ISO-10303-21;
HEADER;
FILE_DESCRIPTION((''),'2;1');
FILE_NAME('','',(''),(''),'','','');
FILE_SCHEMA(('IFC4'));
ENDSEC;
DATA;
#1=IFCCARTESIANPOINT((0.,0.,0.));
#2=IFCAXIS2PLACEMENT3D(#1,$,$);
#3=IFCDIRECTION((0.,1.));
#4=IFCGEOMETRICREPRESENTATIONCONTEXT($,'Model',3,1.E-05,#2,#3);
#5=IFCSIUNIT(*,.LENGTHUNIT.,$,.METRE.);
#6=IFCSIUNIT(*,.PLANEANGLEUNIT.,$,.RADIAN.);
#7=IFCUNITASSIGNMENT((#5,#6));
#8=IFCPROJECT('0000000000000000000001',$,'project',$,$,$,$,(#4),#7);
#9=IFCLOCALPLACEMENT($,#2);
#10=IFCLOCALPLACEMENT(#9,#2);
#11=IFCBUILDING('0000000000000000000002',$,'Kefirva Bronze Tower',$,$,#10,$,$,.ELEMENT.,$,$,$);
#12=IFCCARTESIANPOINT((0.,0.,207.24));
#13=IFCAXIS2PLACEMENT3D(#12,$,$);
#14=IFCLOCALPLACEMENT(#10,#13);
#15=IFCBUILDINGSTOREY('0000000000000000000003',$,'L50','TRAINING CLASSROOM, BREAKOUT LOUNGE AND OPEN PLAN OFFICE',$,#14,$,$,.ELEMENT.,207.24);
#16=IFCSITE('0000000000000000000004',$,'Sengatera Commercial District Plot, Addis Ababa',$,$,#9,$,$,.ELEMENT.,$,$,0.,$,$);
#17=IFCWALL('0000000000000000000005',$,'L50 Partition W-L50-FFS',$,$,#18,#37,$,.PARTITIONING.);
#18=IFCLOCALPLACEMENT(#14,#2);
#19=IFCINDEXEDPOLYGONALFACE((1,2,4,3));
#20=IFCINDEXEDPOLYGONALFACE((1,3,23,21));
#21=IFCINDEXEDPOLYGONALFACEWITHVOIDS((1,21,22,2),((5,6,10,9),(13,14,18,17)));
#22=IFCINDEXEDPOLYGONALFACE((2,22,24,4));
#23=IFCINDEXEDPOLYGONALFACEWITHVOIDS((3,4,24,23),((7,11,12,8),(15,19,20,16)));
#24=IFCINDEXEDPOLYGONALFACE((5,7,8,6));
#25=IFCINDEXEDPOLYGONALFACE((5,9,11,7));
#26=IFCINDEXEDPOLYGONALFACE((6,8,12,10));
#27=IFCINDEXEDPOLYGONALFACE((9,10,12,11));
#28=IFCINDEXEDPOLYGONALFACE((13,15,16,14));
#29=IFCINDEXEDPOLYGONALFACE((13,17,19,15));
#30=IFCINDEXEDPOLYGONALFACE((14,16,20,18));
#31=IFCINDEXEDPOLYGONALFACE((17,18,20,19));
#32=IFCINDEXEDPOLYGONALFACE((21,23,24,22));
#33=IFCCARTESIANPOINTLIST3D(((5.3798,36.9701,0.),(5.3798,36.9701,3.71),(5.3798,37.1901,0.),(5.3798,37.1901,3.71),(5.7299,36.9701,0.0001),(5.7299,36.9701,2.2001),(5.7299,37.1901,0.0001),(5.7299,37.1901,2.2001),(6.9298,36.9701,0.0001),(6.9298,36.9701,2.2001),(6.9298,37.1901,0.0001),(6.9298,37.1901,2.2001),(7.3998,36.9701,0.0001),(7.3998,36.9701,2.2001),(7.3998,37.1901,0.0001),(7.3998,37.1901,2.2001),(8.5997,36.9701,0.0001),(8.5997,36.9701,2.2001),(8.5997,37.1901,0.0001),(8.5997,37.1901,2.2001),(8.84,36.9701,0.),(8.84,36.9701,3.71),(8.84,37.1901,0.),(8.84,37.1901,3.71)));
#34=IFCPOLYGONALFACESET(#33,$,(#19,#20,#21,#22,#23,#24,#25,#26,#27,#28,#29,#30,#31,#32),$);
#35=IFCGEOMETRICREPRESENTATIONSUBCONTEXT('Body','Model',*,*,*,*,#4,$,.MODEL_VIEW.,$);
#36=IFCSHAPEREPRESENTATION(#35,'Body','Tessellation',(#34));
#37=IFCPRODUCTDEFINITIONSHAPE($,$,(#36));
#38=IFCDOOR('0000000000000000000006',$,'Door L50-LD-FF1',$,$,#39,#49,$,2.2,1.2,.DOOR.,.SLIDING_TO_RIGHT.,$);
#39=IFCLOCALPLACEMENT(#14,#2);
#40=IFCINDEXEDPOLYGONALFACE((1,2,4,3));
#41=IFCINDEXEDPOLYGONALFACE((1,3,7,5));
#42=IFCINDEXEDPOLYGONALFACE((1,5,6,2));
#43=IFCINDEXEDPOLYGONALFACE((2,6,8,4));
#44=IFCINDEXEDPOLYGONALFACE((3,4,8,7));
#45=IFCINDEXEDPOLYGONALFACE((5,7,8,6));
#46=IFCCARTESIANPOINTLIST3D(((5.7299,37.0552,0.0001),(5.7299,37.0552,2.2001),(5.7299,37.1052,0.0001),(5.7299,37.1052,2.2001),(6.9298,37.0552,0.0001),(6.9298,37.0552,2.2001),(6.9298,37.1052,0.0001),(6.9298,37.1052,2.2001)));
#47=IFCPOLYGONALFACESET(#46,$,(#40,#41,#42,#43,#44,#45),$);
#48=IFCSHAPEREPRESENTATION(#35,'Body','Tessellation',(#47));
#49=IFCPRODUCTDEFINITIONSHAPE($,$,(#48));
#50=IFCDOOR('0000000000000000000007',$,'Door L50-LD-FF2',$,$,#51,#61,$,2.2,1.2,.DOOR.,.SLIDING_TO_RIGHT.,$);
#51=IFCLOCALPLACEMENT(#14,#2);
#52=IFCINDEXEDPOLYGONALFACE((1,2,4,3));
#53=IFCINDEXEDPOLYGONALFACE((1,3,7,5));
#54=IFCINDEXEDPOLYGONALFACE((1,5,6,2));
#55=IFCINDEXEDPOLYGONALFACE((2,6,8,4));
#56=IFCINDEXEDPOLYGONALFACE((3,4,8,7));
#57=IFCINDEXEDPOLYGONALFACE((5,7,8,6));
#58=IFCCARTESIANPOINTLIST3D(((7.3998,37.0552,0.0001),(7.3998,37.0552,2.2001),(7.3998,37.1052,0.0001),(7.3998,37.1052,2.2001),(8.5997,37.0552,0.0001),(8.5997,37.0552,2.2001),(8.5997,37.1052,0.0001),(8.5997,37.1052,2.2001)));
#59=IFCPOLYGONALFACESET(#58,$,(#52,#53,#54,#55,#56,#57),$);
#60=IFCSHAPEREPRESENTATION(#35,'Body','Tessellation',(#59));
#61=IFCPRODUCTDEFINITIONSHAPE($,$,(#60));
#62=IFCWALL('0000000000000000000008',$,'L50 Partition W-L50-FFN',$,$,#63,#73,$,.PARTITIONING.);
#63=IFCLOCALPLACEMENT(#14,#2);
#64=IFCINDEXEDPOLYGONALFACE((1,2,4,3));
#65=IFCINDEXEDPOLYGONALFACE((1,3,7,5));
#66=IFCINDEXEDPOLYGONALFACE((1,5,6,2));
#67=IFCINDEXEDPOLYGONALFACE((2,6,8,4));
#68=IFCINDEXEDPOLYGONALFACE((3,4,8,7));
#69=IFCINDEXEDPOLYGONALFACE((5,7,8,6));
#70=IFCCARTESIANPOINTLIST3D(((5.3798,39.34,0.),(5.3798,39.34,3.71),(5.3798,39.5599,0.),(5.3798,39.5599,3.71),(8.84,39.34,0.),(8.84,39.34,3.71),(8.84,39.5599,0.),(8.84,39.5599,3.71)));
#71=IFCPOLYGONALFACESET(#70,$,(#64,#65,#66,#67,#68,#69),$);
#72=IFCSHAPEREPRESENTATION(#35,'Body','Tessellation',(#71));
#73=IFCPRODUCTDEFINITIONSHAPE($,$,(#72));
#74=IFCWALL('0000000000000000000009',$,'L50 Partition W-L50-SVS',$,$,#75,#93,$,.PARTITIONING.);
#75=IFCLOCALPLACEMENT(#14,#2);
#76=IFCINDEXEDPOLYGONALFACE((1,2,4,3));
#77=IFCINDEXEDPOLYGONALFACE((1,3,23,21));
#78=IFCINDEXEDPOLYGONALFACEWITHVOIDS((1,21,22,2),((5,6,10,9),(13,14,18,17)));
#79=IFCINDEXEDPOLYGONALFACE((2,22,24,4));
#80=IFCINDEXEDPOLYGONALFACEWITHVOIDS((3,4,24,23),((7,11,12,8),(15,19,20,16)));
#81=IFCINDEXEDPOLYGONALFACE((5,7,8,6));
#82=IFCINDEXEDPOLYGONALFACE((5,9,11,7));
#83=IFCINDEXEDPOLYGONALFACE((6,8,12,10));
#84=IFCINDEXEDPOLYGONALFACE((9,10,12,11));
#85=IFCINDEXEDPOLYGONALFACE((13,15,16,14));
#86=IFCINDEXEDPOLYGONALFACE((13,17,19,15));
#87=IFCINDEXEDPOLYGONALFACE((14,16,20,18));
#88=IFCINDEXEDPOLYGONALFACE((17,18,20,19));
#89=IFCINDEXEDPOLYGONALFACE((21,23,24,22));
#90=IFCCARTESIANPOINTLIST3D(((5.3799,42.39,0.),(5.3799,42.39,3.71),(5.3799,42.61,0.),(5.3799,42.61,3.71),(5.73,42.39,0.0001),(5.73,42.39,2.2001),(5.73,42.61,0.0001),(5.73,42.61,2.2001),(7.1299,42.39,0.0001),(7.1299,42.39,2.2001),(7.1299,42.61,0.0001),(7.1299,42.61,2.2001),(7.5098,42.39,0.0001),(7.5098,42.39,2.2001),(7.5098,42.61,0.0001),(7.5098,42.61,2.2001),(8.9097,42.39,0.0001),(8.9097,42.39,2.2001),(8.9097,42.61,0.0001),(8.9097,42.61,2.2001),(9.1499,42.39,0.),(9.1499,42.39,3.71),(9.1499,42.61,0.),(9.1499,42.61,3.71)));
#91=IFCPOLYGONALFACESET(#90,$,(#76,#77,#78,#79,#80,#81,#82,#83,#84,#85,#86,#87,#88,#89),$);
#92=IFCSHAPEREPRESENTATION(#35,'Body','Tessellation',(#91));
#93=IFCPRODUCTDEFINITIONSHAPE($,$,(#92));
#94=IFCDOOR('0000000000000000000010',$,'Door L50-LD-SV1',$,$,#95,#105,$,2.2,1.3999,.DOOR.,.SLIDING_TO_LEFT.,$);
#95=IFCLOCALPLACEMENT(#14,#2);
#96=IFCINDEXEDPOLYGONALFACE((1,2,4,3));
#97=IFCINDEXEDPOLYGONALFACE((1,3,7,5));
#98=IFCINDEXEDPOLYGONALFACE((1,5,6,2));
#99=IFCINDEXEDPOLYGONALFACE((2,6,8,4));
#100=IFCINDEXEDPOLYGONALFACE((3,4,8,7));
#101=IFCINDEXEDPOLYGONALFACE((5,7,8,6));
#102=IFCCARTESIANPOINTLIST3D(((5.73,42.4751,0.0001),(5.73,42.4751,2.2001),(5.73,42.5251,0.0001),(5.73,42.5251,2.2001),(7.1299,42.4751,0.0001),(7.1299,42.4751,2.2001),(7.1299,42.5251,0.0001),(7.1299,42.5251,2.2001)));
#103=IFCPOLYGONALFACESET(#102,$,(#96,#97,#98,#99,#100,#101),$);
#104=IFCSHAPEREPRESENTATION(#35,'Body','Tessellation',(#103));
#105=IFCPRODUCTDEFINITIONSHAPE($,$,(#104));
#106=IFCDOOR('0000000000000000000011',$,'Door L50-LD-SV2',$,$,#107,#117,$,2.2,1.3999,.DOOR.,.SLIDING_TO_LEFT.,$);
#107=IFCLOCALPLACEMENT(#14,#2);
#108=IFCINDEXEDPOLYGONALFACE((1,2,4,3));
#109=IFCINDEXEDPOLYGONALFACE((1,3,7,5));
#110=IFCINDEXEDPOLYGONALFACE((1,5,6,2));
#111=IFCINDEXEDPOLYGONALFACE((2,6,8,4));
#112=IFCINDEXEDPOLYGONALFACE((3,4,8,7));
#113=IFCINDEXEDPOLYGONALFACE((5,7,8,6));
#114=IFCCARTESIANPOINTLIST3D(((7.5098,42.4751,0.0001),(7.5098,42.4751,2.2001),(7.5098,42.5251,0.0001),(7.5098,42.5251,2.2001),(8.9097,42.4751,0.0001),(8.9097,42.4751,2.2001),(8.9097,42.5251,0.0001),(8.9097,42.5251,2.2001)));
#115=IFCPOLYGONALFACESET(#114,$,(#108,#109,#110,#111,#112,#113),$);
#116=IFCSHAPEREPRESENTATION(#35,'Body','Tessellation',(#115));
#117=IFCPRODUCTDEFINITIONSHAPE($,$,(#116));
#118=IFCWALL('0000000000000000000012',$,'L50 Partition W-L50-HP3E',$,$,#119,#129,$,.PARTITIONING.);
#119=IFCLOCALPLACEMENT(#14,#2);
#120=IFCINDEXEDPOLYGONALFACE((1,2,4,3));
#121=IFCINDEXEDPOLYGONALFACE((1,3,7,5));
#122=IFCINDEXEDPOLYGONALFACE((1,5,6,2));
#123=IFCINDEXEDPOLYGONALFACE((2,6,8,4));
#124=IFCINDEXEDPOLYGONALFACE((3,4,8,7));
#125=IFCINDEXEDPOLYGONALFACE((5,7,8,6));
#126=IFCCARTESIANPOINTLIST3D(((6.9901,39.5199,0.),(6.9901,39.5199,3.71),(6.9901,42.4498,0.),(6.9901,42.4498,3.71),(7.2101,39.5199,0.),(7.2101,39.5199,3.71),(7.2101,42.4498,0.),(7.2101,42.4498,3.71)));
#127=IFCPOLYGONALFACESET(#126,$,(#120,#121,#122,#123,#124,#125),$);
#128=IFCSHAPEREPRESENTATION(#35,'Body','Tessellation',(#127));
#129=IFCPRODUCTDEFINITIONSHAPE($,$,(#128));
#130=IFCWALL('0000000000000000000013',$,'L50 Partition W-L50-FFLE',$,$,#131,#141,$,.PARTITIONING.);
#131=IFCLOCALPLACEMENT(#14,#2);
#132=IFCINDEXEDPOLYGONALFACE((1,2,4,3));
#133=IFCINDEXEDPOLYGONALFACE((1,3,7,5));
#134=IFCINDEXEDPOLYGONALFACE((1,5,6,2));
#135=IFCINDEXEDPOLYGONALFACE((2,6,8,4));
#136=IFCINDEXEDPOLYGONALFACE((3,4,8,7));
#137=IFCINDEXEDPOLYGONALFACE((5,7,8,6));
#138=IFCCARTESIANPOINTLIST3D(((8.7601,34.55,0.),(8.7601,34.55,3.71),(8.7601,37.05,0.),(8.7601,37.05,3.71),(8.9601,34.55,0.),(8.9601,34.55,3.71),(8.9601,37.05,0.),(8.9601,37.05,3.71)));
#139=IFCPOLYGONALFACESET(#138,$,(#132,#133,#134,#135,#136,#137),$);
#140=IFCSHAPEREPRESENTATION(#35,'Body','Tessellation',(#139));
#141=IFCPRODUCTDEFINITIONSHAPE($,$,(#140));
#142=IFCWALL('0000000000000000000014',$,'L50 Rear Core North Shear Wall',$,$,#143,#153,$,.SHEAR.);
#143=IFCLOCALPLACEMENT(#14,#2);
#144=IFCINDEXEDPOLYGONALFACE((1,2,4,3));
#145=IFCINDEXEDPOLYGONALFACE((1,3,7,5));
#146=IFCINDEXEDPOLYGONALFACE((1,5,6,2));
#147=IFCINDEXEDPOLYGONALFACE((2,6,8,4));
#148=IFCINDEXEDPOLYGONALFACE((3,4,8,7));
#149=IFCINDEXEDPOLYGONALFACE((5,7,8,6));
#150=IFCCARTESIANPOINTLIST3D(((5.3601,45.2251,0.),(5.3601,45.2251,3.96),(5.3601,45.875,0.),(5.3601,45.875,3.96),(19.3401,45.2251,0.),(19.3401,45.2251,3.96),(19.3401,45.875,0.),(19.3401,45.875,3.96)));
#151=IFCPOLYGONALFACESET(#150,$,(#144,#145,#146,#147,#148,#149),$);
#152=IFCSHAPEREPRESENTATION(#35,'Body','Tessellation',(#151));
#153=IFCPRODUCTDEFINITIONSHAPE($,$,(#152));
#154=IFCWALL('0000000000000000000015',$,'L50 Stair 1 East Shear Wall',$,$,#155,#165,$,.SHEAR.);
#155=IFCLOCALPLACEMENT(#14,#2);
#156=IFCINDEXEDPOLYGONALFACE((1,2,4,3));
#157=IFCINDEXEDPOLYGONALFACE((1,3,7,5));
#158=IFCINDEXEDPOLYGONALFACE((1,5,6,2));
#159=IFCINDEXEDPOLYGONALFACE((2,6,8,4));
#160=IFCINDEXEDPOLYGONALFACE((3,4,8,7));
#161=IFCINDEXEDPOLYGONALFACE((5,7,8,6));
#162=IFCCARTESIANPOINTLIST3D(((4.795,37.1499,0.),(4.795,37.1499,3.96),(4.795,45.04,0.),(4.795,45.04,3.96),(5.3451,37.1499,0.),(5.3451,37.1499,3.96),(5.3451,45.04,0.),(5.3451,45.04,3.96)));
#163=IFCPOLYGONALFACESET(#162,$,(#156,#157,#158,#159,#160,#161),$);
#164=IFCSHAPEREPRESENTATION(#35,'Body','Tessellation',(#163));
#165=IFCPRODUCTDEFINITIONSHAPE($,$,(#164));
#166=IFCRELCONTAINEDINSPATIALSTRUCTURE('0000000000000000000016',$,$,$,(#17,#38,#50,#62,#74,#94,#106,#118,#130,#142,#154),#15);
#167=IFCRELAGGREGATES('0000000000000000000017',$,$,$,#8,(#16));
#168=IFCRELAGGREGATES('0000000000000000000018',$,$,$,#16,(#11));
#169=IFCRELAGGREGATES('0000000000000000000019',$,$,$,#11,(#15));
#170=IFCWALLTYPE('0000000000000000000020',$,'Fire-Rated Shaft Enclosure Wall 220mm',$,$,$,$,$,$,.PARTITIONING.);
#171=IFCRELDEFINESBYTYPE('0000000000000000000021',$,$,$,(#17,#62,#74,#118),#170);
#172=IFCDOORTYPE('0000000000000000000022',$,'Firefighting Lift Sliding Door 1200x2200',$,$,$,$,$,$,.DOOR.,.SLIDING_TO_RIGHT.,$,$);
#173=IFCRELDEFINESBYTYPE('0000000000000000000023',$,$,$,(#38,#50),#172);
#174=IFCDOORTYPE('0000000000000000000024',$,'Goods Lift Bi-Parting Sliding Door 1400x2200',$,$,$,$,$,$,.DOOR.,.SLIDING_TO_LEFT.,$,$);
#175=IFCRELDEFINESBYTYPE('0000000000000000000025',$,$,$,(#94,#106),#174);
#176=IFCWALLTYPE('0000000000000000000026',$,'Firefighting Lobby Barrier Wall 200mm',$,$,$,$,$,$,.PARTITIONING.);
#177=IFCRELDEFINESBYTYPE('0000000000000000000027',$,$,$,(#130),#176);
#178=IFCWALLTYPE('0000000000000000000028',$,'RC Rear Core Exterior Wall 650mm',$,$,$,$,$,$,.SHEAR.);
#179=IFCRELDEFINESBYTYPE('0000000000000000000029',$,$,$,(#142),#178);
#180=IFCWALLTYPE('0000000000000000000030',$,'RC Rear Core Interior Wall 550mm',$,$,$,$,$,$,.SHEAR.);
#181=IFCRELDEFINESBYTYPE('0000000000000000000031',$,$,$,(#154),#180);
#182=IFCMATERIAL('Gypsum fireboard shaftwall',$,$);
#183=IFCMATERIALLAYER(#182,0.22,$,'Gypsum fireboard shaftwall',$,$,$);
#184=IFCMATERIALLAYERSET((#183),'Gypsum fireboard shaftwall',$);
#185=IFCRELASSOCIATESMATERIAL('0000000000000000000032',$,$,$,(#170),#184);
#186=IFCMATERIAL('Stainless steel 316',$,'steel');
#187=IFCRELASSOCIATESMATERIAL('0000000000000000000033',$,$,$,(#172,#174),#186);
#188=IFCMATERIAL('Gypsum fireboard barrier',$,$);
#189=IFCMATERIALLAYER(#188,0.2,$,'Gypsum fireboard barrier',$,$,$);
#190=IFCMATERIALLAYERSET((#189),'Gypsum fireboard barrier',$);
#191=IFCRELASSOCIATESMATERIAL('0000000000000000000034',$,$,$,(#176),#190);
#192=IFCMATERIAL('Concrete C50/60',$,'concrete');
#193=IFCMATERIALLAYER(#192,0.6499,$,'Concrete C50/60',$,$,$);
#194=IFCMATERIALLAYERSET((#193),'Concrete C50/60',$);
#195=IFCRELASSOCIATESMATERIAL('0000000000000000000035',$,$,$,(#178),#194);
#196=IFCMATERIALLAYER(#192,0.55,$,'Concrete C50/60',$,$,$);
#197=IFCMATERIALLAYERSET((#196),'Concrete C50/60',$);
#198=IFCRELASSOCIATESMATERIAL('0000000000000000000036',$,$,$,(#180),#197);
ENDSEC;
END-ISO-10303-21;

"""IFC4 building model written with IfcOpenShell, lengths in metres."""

from ifc_helpers import new_model, si_unit, direction, frame, frame_2d, origin, place, context, subcontext, project, spatial, rectangle, extrude, material, layer, layer_set, type_object, element, fill, save


model = new_model("IFC4")

# Units and contexts
model_context = context("Model", 3, precision=1e-05, world=origin(), true_north=direction((0.0, 1.0)))
body_context = subcontext(model_context, "Body", "Model", "MODEL_VIEW")
ifc_project = project(units=[si_unit("LENGTHUNIT", "METRE"), si_unit("PLANEANGLEUNIT", "RADIAN")], contexts=[model_context])

# Site, building, storey
site_placement = place(None, origin())
site = spatial("IfcSite", under=ifc_project, at=site_placement, Name="Sengatera Commercial District Plot, Addis Ababa", CompositionType="ELEMENT", RefElevation=0.0)
building_placement = place(site_placement, origin())
building = spatial("IfcBuilding", under=site, at=building_placement, Name="Kefirva Bronze Tower", CompositionType="ELEMENT")
storey_placement = place(building_placement, frame((0.0, 0.0, 207.24)))
storey = spatial("IfcBuildingStorey", under=building, at=storey_placement, Name="L50", Description="TRAINING CLASSROOM, BREAKOUT LOUNGE AND OPEN PLAN OFFICE", CompositionType="ELEMENT", Elevation=207.24)

# Wall, openings, doors
ifc_material_1 = material(Name="Gypsum fireboard shaftwall")
ifc_layer_1 = layer(ifc_material_1, 0.22, Name="Gypsum fireboard shaftwall")
ifc_layer_set_1 = layer_set([ifc_layer_1], Name="Gypsum fireboard shaftwall")
wall_type_1 = type_object("IfcWallType", Name="Fire-Rated Shaft Enclosure Wall 220mm", PredefinedType="PARTITIONING", material=ifc_layer_set_1)
wall_1_placement = place(storey_placement, frame((5.3799, 37.0801, 0.0), z_axis=(0.0, 0.0, 1.0), x_axis=(1.0, 0.0, 0.0)))
wall_1 = element("IfcWall", 1, at=wall_1_placement, inside=storey, type_object=wall_type_1, Name="L50 Partition W-L50-FFS", PredefinedType="PARTITIONING", context=body_context, shape_type="SweptSolid", body=[
    extrude(rectangle(XDim=3.4602, YDim=0.22, at=frame_2d((1.73, 0.0))), origin(), (0.0, 0.0, 1.0), 3.71),
])
opening_1_placement = place(wall_1_placement, frame((1.55, 0.0, 0.0), z_axis=(0.0, 0.0, 1.0), x_axis=(-1.0, 0.0, 0.0)))
opening_1 = element("IfcOpeningElement", 2, at=opening_1_placement, cuts=wall_1, PredefinedType="OPENING", context=body_context, shape_type="SweptSolid", body=[
    extrude(rectangle(XDim=1.2, YDim=2.2, at=frame_2d((0.6001, 1.1001))), frame((0.0, 0.1201, 0.0), z_axis=(0.0, -1.0, 0.0), x_axis=(1.0, 0.0, 0.0)), (0.0, 0.0, 1.0), 0.24),
])
opening_2_placement = place(wall_1_placement, frame((3.22, 0.0, 0.0), z_axis=(0.0, 0.0, 1.0), x_axis=(-1.0, 0.0, 0.0)))
opening_2 = element("IfcOpeningElement", 3, at=opening_2_placement, cuts=wall_1, PredefinedType="OPENING", context=body_context, shape_type="SweptSolid", body=[
    extrude(rectangle(XDim=1.2, YDim=2.2, at=frame_2d((0.6001, 1.1001))), frame((0.0, 0.1201, 0.0), z_axis=(0.0, -1.0, 0.0), x_axis=(1.0, 0.0, 0.0)), (0.0, 0.0, 1.0), 0.24),
])
ifc_material_2 = material(Name="Stainless steel 316", Category="steel")
door_type_1 = type_object("IfcDoorType", Name="Firefighting Lift Sliding Door 1200x2200", OperationType="SLIDING_TO_RIGHT", PredefinedType="DOOR", material=ifc_material_2)
door_1_placement = place(opening_1_placement, origin())
door_1 = element("IfcDoor", 4, at=door_1_placement, inside=storey, type_object=door_type_1, Name="Door L50-LD-FF1", OperationType="SLIDING_TO_RIGHT", OverallHeight=2.2, OverallWidth=1.2, PredefinedType="DOOR", context=body_context, shape_type="SweptSolid", body=[
    extrude(rectangle(XDim=1.2, YDim=2.2, at=frame_2d((0.6001, 1.1001))), frame((0.0, 0.0249, 0.0), z_axis=(0.0, -1.0, 0.0), x_axis=(1.0, 0.0, 0.0)), (0.0, 0.0, 1.0), 0.05),
])
fill(opening_1, door_1)
door_2_placement = place(opening_2_placement, origin())
door_2 = element("IfcDoor", 5, at=door_2_placement, inside=storey, type_object=door_type_1, Name="Door L50-LD-FF2", OperationType="SLIDING_TO_RIGHT", OverallHeight=2.2, OverallWidth=1.2, PredefinedType="DOOR", context=body_context, shape_type="SweptSolid", body=[
    extrude(rectangle(XDim=1.2, YDim=2.2, at=frame_2d((0.6001, 1.1001))), frame((0.0, 0.0249, 0.0), z_axis=(0.0, -1.0, 0.0), x_axis=(1.0, 0.0, 0.0)), (0.0, 0.0, 1.0), 0.05),
])
fill(opening_2, door_2)

# Wall
wall_2_placement = place(storey_placement, frame((5.3799, 39.45, 0.0), z_axis=(0.0, 0.0, 1.0), x_axis=(1.0, 0.0, 0.0)))
element("IfcWall", 6, at=wall_2_placement, inside=storey, type_object=wall_type_1, Name="L50 Partition W-L50-FFN", PredefinedType="PARTITIONING", context=body_context, shape_type="SweptSolid", body=[
    extrude(rectangle(XDim=3.4602, YDim=0.22, at=frame_2d((1.73, 0.0))), origin(), (0.0, 0.0, 1.0), 3.71),
])

# Wall, openings, doors
wall_3_placement = place(storey_placement, frame((5.3799, 42.5, 0.0), z_axis=(0.0, 0.0, 1.0), x_axis=(1.0, 0.0, 0.0)))
wall_3 = element("IfcWall", 7, at=wall_3_placement, inside=storey, type_object=wall_type_1, Name="L50 Partition W-L50-SVS", PredefinedType="PARTITIONING", context=body_context, shape_type="SweptSolid", body=[
    extrude(rectangle(XDim=3.77, YDim=0.22, at=frame_2d((1.885, 0.0))), origin(), (0.0, 0.0, 1.0), 3.71),
])
opening_3_placement = place(wall_3_placement, frame((1.75, 0.0, 0.0), z_axis=(0.0, 0.0, 1.0), x_axis=(-1.0, 0.0, 0.0)))
opening_3 = element("IfcOpeningElement", 8, at=opening_3_placement, cuts=wall_3, PredefinedType="OPENING", context=body_context, shape_type="SweptSolid", body=[
    extrude(rectangle(XDim=1.3999, YDim=2.2, at=frame_2d((0.7, 1.1001))), frame((0.0, 0.1201, 0.0), z_axis=(0.0, -1.0, 0.0), x_axis=(1.0, 0.0, 0.0)), (0.0, 0.0, 1.0), 0.24),
])
opening_4_placement = place(wall_3_placement, frame((3.5298, 0.0, 0.0), z_axis=(0.0, 0.0, 1.0), x_axis=(-1.0, 0.0, 0.0)))
opening_4 = element("IfcOpeningElement", 9, at=opening_4_placement, cuts=wall_3, PredefinedType="OPENING", context=body_context, shape_type="SweptSolid", body=[
    extrude(rectangle(XDim=1.3999, YDim=2.2, at=frame_2d((0.7, 1.1001))), frame((0.0, 0.1201, 0.0), z_axis=(0.0, -1.0, 0.0), x_axis=(1.0, 0.0, 0.0)), (0.0, 0.0, 1.0), 0.24),
])
door_type_2 = type_object("IfcDoorType", Name="Goods Lift Bi-Parting Sliding Door 1400x2200", OperationType="SLIDING_TO_LEFT", PredefinedType="DOOR", material=ifc_material_2)
door_3_placement = place(opening_3_placement, origin())
door_3 = element("IfcDoor", 10, at=door_3_placement, inside=storey, type_object=door_type_2, Name="Door L50-LD-SV1", OperationType="SLIDING_TO_LEFT", OverallHeight=2.2, OverallWidth=1.3999, PredefinedType="DOOR", context=body_context, shape_type="SweptSolid", body=[
    extrude(rectangle(XDim=1.3999, YDim=2.2, at=frame_2d((0.7, 1.1001))), frame((0.0, 0.0249, 0.0), z_axis=(0.0, -1.0, 0.0), x_axis=(1.0, 0.0, 0.0)), (0.0, 0.0, 1.0), 0.05),
])
fill(opening_3, door_3)
door_4_placement = place(opening_4_placement, origin())
door_4 = element("IfcDoor", 11, at=door_4_placement, inside=storey, type_object=door_type_2, Name="Door L50-LD-SV2", OperationType="SLIDING_TO_LEFT", OverallHeight=2.2, OverallWidth=1.3999, PredefinedType="DOOR", context=body_context, shape_type="SweptSolid", body=[
    extrude(rectangle(XDim=1.3999, YDim=2.2, at=frame_2d((0.7, 1.1001))), frame((0.0, 0.0249, 0.0), z_axis=(0.0, -1.0, 0.0), x_axis=(1.0, 0.0, 0.0)), (0.0, 0.0, 1.0), 0.05),
])
fill(opening_4, door_4)

# Walls
wall_4_placement = place(storey_placement, frame((7.1001, 39.52, 0.0), z_axis=(0.0, 0.0, 1.0), x_axis=(0.0, 1.0, 0.0)))
element("IfcWall", 12, at=wall_4_placement, inside=storey, type_object=wall_type_1, Name="L50 Partition W-L50-HP3E", PredefinedType="PARTITIONING", context=body_context, shape_type="SweptSolid", body=[
    extrude(rectangle(XDim=2.9299, YDim=0.22, at=frame_2d((1.4648, 0.0))), origin(), (0.0, 0.0, 1.0), 3.71),
])
ifc_material_3 = material(Name="Gypsum fireboard barrier")
ifc_layer_2 = layer(ifc_material_3, 0.2, Name="Gypsum fireboard barrier")
ifc_layer_set_2 = layer_set([ifc_layer_2], Name="Gypsum fireboard barrier")
wall_type_2 = type_object("IfcWallType", Name="Firefighting Lobby Barrier Wall 200mm", PredefinedType="PARTITIONING", material=ifc_layer_set_2)
wall_5_placement = place(storey_placement, frame((8.8601, 34.55, 0.0), z_axis=(0.0, 0.0, 1.0), x_axis=(0.0, 1.0, 0.0)))
element("IfcWall", 13, at=wall_5_placement, inside=storey, type_object=wall_type_2, Name="L50 Partition W-L50-FFLE", PredefinedType="PARTITIONING", context=body_context, shape_type="SweptSolid", body=[
    extrude(rectangle(XDim=2.5, YDim=0.2, at=frame_2d((1.25, 0.0))), origin(), (0.0, 0.0, 1.0), 3.71),
])

# Walls
ifc_material_4 = material(Name="Concrete C50/60", Category="concrete")
ifc_layer_3 = layer(ifc_material_4, 0.6499, Name="Concrete C50/60")
ifc_layer_set_3 = layer_set([ifc_layer_3], Name="Concrete C50/60")
wall_type_3 = type_object("IfcWallType", Name="RC Rear Core Exterior Wall 650mm", PredefinedType="SHEAR", material=ifc_layer_set_3)
wall_6_placement = place(storey_placement, frame((5.3601, 45.55, 0.0), z_axis=(0.0, 0.0, 1.0), x_axis=(1.0, 0.0, 0.0)))
element("IfcWall", 14, at=wall_6_placement, inside=storey, type_object=wall_type_3, Name="L50 Rear Core North Shear Wall", PredefinedType="SHEAR", context=body_context, shape_type="SweptSolid", body=[
    extrude(rectangle(XDim=13.98, YDim=0.6499, at=frame_2d((6.99, 0.0))), origin(), (0.0, 0.0, 1.0), 3.96),
])
ifc_layer_4 = layer(ifc_material_4, 0.55, Name="Concrete C50/60")
ifc_layer_set_4 = layer_set([ifc_layer_4], Name="Concrete C50/60")
wall_type_4 = type_object("IfcWallType", Name="RC Rear Core Interior Wall 550mm", PredefinedType="SHEAR", material=ifc_layer_set_4)
wall_7_placement = place(storey_placement, frame((5.0701, 37.1499, 0.0), z_axis=(0.0, 0.0, 1.0), x_axis=(0.0, 1.0, 0.0)))
element("IfcWall", 15, at=wall_7_placement, inside=storey, type_object=wall_type_4, Name="L50 Stair 1 East Shear Wall", PredefinedType="SHEAR", context=body_context, shape_type="SweptSolid", body=[
    extrude(rectangle(XDim=7.8901, YDim=0.55, at=frame_2d((3.9451, 0.0))), origin(), (0.0, 0.0, 1.0), 3.96),
])

save(model, "model.ifc")
